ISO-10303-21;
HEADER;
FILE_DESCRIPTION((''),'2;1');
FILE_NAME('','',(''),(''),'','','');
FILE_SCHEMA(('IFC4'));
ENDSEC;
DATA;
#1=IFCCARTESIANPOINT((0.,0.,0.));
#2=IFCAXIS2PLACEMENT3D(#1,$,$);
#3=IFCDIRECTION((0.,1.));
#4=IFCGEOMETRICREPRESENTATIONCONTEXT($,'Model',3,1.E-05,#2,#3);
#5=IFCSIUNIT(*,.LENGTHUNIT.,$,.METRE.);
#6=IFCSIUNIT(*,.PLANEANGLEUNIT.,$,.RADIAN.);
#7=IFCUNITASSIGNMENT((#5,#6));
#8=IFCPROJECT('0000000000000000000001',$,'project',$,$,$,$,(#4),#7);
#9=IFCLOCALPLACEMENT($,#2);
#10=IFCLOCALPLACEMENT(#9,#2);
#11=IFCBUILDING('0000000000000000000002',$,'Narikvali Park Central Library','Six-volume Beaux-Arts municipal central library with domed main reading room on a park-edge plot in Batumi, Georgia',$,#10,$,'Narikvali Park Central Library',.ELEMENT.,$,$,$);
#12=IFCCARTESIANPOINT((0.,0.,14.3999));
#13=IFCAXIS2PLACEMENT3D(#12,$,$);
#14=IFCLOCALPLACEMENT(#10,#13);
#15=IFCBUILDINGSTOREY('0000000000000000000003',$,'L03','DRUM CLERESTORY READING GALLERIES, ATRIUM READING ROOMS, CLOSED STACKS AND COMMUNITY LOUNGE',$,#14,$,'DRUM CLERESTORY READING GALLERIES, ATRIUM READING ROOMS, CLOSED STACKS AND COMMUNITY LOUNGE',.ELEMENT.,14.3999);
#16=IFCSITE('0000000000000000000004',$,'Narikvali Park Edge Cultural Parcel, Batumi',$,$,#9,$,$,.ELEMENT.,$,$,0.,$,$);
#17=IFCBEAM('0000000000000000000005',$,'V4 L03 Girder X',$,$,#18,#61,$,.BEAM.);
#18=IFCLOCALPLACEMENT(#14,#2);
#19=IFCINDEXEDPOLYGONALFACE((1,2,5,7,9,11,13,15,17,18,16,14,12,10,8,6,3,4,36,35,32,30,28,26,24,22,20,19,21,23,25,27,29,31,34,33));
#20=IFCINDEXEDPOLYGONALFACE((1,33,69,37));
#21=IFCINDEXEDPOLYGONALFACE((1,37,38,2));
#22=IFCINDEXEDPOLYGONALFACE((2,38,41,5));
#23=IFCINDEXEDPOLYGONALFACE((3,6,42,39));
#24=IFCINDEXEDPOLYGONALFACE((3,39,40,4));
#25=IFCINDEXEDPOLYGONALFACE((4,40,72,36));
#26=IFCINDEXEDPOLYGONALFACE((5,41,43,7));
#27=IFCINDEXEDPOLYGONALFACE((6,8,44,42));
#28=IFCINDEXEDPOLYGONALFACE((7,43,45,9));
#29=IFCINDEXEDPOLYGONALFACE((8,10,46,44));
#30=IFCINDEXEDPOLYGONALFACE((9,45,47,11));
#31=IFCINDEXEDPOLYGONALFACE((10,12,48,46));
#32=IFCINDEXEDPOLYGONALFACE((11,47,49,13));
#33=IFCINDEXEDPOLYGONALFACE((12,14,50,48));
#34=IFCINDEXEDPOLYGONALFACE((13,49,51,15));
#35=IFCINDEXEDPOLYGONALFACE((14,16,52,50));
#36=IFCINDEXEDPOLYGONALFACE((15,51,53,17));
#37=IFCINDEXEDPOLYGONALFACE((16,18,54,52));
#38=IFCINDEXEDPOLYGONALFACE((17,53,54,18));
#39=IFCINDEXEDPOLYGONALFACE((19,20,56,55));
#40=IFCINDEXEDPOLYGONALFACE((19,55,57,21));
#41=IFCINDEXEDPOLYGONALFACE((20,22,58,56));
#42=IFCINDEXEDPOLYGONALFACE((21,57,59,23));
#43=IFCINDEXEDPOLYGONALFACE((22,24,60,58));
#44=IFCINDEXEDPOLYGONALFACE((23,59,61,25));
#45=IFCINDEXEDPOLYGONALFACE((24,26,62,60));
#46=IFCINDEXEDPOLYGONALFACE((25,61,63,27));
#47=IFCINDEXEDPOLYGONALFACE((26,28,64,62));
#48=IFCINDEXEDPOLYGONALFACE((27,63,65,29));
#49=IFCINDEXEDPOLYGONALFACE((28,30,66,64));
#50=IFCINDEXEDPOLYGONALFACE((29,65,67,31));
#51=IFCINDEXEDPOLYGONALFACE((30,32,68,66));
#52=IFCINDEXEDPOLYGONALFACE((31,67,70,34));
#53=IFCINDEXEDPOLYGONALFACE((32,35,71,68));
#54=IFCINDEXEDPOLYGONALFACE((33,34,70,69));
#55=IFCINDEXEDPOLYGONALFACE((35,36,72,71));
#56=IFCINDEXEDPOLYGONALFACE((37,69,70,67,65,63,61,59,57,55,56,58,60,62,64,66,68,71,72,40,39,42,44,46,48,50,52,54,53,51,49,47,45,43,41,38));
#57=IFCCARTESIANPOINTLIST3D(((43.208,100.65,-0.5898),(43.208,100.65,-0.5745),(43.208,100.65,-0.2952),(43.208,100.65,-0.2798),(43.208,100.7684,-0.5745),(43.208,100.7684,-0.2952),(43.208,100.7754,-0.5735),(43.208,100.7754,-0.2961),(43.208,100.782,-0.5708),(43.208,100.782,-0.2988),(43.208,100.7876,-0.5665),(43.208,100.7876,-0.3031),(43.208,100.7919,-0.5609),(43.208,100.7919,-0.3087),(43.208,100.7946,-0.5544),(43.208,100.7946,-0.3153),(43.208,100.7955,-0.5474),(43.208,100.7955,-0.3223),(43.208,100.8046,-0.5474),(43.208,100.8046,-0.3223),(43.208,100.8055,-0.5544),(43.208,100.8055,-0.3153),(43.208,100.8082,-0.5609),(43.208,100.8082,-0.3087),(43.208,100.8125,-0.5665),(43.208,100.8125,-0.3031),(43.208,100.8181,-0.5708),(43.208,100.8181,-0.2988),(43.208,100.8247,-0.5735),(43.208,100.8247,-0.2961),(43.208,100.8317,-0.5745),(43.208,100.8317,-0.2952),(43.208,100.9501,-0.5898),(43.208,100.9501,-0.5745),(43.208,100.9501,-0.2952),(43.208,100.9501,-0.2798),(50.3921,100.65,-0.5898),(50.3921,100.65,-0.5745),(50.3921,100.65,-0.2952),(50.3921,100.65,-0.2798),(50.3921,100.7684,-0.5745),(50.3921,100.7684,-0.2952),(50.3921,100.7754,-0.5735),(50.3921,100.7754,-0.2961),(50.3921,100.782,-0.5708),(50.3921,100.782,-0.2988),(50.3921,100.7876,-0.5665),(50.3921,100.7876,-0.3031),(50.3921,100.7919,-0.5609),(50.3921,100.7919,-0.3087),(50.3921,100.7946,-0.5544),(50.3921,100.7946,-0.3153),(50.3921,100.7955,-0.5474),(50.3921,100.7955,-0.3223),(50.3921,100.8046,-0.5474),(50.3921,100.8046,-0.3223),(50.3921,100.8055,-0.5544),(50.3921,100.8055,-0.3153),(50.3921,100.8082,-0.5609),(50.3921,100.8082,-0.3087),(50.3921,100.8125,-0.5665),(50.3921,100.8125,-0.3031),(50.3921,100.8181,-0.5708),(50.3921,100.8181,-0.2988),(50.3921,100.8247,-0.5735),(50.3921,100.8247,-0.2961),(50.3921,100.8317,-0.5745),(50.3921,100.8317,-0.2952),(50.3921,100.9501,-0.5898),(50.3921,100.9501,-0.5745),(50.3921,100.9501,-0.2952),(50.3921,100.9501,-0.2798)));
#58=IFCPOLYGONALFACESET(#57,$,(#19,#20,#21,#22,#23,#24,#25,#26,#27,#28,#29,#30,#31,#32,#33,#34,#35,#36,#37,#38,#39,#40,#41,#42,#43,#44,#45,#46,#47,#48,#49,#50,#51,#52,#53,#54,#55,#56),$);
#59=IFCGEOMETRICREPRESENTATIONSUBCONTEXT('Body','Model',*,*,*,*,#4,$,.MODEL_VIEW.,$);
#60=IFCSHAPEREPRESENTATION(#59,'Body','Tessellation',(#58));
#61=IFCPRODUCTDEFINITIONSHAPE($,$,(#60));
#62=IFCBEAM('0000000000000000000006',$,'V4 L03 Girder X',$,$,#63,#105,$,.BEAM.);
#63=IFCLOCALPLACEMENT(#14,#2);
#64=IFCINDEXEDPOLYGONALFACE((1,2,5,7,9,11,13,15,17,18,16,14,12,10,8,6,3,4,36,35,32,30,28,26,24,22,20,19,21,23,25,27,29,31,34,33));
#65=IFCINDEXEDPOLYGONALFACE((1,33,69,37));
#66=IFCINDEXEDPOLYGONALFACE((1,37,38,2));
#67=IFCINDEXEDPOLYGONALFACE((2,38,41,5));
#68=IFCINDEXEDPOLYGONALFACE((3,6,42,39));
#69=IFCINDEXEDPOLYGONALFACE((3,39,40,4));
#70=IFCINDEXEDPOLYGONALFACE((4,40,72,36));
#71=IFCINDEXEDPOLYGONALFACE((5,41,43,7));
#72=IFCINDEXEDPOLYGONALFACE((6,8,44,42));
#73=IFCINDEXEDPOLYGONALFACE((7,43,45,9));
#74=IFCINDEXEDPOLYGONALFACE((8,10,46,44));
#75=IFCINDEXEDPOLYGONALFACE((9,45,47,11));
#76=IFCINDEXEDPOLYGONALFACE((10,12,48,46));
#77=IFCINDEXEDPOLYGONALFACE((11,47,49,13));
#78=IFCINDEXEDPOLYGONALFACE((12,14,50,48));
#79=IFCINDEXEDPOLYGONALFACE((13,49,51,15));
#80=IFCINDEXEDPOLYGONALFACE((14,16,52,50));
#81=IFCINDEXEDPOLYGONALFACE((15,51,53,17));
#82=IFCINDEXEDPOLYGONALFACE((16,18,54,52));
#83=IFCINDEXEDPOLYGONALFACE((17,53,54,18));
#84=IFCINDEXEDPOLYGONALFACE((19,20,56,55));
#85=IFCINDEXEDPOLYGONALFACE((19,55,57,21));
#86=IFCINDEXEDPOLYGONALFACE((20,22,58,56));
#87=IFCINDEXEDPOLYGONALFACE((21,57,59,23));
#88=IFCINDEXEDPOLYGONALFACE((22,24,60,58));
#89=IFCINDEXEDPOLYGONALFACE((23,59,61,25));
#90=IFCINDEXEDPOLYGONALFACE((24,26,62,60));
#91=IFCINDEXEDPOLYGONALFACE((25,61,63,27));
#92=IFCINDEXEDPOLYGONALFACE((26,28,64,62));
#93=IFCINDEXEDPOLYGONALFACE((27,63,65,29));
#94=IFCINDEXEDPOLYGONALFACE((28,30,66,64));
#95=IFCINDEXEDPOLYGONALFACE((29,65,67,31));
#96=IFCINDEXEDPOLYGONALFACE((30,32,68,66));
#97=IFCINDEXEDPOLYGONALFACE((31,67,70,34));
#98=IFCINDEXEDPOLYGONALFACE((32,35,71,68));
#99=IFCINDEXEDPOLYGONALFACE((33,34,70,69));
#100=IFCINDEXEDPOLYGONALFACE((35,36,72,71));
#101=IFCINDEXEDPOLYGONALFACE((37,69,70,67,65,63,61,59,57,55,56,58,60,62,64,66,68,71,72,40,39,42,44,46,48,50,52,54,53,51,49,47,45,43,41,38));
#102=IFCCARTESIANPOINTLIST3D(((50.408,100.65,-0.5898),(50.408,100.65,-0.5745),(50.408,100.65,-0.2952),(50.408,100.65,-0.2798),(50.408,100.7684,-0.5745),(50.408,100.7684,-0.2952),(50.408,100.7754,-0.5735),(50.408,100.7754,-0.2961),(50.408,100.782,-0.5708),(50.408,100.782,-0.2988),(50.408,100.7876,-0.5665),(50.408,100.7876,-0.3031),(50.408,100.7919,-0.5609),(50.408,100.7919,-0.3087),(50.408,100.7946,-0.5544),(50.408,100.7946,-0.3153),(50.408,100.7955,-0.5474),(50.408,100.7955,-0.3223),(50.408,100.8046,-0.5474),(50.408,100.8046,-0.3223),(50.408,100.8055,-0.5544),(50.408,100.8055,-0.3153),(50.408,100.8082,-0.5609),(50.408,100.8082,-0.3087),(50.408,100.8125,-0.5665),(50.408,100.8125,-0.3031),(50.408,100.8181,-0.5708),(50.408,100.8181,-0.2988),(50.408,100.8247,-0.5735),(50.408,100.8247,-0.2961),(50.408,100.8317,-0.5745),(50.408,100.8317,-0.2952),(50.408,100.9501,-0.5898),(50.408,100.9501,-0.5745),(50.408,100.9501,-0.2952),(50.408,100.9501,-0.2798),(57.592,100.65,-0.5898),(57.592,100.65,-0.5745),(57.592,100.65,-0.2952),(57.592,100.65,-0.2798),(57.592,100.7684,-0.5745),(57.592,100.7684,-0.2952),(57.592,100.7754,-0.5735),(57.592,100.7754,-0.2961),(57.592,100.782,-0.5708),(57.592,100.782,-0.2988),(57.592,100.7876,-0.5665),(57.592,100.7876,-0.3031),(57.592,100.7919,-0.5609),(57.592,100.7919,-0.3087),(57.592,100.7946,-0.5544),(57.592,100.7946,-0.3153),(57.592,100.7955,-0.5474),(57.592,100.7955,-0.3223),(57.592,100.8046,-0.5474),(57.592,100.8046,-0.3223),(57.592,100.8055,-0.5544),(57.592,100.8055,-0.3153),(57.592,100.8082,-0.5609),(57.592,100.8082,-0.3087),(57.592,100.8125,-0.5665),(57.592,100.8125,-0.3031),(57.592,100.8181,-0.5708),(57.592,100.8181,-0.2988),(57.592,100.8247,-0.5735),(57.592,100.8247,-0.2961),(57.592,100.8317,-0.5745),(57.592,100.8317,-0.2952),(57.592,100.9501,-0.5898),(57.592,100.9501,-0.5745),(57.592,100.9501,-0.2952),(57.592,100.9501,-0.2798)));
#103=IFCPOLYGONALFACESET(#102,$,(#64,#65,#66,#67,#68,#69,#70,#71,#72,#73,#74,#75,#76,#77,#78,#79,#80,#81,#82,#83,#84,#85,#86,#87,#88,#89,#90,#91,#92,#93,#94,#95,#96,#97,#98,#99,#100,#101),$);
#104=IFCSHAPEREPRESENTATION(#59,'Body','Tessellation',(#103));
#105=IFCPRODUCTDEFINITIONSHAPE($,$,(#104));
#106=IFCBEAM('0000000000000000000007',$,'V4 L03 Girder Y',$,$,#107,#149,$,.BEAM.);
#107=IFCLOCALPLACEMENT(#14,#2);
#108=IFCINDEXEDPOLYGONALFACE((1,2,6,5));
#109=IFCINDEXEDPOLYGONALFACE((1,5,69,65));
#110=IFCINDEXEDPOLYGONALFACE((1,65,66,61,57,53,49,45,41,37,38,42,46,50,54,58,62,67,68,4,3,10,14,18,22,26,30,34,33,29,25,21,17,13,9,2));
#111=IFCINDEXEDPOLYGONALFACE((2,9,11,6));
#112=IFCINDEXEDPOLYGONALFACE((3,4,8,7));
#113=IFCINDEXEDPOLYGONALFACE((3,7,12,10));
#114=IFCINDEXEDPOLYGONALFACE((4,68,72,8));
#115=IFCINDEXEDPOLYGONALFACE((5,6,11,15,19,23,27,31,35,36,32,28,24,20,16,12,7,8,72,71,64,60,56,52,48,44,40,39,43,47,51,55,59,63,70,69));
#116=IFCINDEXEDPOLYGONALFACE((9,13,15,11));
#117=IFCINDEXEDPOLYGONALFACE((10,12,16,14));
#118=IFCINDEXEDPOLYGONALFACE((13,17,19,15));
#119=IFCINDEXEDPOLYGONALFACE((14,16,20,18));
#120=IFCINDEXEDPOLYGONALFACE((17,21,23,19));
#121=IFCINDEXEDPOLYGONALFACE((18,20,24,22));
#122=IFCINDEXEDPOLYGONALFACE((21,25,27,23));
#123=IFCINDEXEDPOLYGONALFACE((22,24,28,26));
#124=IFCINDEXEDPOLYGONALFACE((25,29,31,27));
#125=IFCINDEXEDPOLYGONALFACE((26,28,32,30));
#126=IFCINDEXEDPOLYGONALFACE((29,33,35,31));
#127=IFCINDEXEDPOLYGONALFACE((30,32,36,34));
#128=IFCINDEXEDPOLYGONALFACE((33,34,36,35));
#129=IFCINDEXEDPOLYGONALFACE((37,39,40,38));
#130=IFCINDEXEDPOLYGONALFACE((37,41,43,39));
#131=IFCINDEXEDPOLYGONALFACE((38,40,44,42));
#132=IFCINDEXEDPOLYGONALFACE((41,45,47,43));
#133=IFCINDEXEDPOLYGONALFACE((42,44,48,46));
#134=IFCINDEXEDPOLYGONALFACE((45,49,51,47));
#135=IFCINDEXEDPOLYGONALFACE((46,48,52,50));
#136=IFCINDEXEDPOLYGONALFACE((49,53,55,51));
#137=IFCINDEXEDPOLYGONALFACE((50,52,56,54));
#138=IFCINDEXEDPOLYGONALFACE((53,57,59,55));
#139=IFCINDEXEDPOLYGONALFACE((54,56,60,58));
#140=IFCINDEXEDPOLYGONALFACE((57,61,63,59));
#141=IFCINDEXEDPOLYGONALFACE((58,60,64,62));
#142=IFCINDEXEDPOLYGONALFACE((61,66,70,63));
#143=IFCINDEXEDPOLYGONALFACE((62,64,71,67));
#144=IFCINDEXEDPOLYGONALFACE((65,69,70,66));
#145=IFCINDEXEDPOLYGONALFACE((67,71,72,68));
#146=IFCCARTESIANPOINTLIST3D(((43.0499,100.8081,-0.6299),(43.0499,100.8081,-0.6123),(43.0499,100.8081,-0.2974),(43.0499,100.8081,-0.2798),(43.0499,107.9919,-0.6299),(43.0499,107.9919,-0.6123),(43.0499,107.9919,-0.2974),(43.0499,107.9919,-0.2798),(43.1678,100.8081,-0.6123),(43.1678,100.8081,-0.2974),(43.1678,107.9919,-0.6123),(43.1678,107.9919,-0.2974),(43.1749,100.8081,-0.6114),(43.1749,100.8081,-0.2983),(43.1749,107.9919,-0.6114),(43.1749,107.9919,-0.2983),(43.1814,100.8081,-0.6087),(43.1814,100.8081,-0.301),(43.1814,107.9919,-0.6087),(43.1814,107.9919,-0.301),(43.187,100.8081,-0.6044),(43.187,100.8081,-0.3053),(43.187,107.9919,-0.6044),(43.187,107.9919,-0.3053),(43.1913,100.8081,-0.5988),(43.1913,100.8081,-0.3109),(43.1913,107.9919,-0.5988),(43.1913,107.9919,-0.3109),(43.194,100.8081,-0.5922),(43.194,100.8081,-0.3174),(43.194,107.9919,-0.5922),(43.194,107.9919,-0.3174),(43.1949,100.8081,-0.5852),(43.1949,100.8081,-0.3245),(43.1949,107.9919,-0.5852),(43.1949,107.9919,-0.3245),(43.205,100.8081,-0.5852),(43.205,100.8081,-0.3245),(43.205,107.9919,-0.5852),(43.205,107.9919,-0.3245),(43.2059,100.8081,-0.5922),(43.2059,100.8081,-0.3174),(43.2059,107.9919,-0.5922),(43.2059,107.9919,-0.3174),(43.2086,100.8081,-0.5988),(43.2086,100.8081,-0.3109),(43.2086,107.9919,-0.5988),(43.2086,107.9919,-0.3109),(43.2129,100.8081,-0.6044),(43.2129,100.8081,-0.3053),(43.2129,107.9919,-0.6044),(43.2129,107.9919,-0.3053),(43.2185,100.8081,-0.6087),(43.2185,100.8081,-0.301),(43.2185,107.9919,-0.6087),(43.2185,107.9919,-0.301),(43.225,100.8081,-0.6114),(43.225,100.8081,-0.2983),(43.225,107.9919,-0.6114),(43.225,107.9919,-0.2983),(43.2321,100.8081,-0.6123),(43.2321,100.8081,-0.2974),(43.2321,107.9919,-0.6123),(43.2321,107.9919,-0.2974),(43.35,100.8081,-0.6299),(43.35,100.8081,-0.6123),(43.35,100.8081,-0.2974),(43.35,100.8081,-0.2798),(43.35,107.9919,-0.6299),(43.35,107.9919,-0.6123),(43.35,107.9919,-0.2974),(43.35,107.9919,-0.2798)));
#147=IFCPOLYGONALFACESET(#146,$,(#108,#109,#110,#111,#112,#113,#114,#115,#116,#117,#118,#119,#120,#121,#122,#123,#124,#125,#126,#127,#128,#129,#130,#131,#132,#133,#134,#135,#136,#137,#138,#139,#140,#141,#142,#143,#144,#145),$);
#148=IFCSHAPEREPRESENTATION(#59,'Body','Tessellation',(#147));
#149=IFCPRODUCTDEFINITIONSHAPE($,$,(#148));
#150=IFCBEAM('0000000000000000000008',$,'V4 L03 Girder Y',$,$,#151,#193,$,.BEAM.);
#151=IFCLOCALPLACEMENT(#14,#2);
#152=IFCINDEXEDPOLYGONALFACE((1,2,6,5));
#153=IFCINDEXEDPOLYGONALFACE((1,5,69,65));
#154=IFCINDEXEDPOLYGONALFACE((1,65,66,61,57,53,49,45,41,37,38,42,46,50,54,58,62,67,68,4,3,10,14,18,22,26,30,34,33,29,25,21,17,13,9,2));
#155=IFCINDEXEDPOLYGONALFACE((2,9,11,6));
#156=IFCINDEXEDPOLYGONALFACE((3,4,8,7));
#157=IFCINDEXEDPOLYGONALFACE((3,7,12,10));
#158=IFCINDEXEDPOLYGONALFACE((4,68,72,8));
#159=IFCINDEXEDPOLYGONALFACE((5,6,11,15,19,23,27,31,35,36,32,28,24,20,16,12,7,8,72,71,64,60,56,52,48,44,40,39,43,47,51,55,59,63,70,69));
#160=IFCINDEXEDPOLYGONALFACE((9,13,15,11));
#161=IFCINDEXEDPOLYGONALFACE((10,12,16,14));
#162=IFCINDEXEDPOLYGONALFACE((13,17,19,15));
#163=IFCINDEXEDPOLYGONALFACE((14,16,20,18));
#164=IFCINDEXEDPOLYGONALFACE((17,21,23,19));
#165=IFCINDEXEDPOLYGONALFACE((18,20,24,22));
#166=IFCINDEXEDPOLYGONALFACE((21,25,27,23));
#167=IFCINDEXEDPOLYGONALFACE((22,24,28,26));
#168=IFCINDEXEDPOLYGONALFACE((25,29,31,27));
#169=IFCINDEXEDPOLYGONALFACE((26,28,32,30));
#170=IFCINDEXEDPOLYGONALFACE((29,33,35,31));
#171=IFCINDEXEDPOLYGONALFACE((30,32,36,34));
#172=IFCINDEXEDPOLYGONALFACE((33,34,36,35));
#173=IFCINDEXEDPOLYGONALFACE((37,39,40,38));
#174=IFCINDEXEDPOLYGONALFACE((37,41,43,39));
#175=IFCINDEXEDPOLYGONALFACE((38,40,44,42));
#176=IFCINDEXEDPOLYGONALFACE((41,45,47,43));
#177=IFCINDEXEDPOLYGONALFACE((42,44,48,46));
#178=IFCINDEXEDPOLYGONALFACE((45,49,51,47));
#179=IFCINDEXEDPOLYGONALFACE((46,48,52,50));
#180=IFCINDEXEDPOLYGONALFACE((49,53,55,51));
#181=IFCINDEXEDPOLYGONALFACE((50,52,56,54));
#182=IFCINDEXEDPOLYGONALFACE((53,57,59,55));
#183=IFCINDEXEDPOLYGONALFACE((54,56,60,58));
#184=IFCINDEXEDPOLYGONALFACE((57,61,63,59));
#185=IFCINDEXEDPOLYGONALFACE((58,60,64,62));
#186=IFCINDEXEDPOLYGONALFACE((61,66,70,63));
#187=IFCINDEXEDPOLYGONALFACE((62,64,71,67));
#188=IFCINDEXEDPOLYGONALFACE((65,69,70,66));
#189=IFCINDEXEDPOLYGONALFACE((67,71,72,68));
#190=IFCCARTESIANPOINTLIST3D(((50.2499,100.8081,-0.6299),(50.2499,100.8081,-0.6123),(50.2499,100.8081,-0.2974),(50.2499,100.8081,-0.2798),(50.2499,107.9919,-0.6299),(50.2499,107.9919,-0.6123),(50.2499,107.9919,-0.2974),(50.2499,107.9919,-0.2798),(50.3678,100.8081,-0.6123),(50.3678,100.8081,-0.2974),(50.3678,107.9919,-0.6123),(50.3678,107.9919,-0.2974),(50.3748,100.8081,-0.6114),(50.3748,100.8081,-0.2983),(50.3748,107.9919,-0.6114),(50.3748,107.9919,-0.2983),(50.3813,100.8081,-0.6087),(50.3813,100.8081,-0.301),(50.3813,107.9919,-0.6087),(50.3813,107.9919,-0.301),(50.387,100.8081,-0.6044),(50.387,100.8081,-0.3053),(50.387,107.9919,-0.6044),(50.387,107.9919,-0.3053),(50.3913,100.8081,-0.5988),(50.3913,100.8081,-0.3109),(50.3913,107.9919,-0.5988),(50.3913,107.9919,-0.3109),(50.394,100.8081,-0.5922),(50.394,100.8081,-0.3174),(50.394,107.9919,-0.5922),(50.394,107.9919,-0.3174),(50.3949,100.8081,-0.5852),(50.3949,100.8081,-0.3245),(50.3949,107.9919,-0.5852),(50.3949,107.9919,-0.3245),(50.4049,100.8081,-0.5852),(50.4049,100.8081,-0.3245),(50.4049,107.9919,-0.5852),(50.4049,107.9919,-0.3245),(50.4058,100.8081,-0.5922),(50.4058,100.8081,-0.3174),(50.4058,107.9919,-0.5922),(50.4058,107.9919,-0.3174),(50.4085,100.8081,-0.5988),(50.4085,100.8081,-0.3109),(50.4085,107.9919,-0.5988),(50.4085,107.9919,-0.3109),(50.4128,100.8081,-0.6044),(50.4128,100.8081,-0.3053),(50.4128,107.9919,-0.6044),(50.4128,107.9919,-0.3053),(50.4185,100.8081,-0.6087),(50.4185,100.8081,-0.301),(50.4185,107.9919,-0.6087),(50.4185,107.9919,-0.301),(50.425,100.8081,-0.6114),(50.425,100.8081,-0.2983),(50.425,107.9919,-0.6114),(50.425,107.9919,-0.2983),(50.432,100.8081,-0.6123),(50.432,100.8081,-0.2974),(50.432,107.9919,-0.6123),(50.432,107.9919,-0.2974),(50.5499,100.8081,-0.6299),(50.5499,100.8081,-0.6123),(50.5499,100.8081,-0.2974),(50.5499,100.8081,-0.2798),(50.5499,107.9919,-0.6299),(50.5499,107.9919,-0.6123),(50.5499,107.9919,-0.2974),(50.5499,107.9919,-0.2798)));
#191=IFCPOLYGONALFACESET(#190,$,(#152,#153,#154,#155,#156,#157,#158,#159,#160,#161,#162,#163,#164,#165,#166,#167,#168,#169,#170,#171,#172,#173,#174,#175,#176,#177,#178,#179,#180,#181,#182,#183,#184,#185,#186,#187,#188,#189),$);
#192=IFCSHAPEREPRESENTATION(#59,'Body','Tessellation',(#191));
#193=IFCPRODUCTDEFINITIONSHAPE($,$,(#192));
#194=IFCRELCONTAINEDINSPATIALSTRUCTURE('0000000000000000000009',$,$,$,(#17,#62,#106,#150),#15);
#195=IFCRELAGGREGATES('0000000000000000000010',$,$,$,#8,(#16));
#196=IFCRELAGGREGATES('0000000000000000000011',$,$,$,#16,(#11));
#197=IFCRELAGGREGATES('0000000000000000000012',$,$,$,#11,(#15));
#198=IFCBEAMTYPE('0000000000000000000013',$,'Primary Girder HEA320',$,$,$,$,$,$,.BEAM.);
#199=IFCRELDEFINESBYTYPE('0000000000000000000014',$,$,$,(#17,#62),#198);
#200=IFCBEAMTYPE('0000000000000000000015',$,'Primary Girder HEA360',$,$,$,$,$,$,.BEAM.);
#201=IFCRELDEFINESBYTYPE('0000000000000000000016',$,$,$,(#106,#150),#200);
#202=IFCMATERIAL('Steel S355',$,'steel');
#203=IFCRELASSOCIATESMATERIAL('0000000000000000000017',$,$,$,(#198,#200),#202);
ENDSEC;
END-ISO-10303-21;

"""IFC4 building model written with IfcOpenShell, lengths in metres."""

from ifc_helpers import new_model, si_unit, direction, frame, origin, origin_2d, place, context, subcontext, project, spatial, i_section, extrude, material, material_profile, profile_set, type_object, element, save


model = new_model("IFC4")

# Units and contexts
model_context = context("Model", 3, precision=1e-05, world=origin(), true_north=direction((0.0, 1.0)))
body_context = subcontext(model_context, "Body", "Model", "MODEL_VIEW")
ifc_project = project(units=[si_unit("LENGTHUNIT", "METRE"), si_unit("PLANEANGLEUNIT", "RADIAN")], contexts=[model_context])

# Site, building, storey
site_placement = place(None, origin())
site = spatial("IfcSite", under=ifc_project, at=site_placement, Name="Narikvali Park Edge Cultural Parcel, Batumi", CompositionType="ELEMENT", RefElevation=0.0)
building_placement = place(site_placement, origin())
building = spatial("IfcBuilding", under=site, at=building_placement, Name="Narikvali Park Central Library", Description="Six-volume Beaux-Arts municipal central library with domed main reading room on a park-edge plot in Batumi, Georgia", LongName="Narikvali Park Central Library", CompositionType="ELEMENT")
storey_placement = place(building_placement, frame((0.0, 0.0, 14.3999)))
storey = spatial("IfcBuildingStorey", under=building, at=storey_placement, Name="L03", Description="DRUM CLERESTORY READING GALLERIES, ATRIUM READING ROOMS, CLOSED STACKS AND COMMUNITY LOUNGE", LongName="DRUM CLERESTORY READING GALLERIES, ATRIUM READING ROOMS, CLOSED STACKS AND COMMUNITY LOUNGE", CompositionType="ELEMENT", Elevation=14.3999)

# Shared definitions
ifc_material_1 = material(Name="Steel S355", Category="steel")

# Beams
ifc_material_profile_1 = material_profile(ifc_material_1, i_section(OverallWidth=0.3, OverallDepth=0.3101, WebThickness=0.009, FlangeThickness=0.0154, FilletRadius=0.0271, at=origin_2d()), Name="HEA 320")
ifc_profile_set_1 = profile_set([ifc_material_profile_1], Name="Steel S355")
beam_type_1 = type_object("IfcBeamType", Name="Primary Girder HEA320", PredefinedType="BEAM", material=ifc_profile_set_1)
for number, where, z_axis, x_axis, name in (
    (1, (43.208, 100.8, -0.4348), (1.0, 0.0, 0.0), (0.0, 1.0, 0.0), "V4 L03 Girder X"),
    (2, (50.408, 100.8, -0.4348), (1.0, 0.0, 0.0), (0.0, 1.0, 0.0), "V4 L03 Girder X"),
):
    element("IfcBeam", number, at=place(storey_placement, frame(where, z_axis=z_axis, x_axis=x_axis)), inside=storey, type_object=beam_type_1, Name=name, PredefinedType="BEAM", context=body_context, shape_type="SweptSolid", body=[
        extrude(i_section(OverallWidth=0.3, OverallDepth=0.3101, WebThickness=0.009, FlangeThickness=0.0154, FilletRadius=0.0271, at=origin_2d()), origin(), (0.0, 0.0, 1.0), 7.1841),
    ])
ifc_material_profile_2 = material_profile(ifc_material_1, i_section(OverallWidth=0.3, OverallDepth=0.3501, WebThickness=0.01, FlangeThickness=0.0176, FilletRadius=0.0271, at=origin_2d()), Name="HEA 360")
ifc_profile_set_2 = profile_set([ifc_material_profile_2], Name="Steel S355")
beam_type_2 = type_object("IfcBeamType", Name="Primary Girder HEA360", PredefinedType="BEAM", material=ifc_profile_set_2)
for number, where, z_axis, x_axis, name in (
    (3, (43.2, 100.8081, -0.4548), (0.0, 1.0, 0.0), (-1.0, 0.0, 0.0), "V4 L03 Girder Y"),
    (4, (50.3999, 100.8081, -0.4548), (0.0, 1.0, 0.0), (-1.0, 0.0, 0.0), "V4 L03 Girder Y"),
):
    element("IfcBeam", number, at=place(storey_placement, frame(where, z_axis=z_axis, x_axis=x_axis)), inside=storey, type_object=beam_type_2, Name=name, PredefinedType="BEAM", context=body_context, shape_type="SweptSolid", body=[
        extrude(i_section(OverallWidth=0.3, OverallDepth=0.3501, WebThickness=0.01, FlangeThickness=0.0176, FilletRadius=0.0271, at=origin_2d()), origin(), (0.0, 0.0, 1.0), 7.1838),
    ])

save(model, "model.ifc")
